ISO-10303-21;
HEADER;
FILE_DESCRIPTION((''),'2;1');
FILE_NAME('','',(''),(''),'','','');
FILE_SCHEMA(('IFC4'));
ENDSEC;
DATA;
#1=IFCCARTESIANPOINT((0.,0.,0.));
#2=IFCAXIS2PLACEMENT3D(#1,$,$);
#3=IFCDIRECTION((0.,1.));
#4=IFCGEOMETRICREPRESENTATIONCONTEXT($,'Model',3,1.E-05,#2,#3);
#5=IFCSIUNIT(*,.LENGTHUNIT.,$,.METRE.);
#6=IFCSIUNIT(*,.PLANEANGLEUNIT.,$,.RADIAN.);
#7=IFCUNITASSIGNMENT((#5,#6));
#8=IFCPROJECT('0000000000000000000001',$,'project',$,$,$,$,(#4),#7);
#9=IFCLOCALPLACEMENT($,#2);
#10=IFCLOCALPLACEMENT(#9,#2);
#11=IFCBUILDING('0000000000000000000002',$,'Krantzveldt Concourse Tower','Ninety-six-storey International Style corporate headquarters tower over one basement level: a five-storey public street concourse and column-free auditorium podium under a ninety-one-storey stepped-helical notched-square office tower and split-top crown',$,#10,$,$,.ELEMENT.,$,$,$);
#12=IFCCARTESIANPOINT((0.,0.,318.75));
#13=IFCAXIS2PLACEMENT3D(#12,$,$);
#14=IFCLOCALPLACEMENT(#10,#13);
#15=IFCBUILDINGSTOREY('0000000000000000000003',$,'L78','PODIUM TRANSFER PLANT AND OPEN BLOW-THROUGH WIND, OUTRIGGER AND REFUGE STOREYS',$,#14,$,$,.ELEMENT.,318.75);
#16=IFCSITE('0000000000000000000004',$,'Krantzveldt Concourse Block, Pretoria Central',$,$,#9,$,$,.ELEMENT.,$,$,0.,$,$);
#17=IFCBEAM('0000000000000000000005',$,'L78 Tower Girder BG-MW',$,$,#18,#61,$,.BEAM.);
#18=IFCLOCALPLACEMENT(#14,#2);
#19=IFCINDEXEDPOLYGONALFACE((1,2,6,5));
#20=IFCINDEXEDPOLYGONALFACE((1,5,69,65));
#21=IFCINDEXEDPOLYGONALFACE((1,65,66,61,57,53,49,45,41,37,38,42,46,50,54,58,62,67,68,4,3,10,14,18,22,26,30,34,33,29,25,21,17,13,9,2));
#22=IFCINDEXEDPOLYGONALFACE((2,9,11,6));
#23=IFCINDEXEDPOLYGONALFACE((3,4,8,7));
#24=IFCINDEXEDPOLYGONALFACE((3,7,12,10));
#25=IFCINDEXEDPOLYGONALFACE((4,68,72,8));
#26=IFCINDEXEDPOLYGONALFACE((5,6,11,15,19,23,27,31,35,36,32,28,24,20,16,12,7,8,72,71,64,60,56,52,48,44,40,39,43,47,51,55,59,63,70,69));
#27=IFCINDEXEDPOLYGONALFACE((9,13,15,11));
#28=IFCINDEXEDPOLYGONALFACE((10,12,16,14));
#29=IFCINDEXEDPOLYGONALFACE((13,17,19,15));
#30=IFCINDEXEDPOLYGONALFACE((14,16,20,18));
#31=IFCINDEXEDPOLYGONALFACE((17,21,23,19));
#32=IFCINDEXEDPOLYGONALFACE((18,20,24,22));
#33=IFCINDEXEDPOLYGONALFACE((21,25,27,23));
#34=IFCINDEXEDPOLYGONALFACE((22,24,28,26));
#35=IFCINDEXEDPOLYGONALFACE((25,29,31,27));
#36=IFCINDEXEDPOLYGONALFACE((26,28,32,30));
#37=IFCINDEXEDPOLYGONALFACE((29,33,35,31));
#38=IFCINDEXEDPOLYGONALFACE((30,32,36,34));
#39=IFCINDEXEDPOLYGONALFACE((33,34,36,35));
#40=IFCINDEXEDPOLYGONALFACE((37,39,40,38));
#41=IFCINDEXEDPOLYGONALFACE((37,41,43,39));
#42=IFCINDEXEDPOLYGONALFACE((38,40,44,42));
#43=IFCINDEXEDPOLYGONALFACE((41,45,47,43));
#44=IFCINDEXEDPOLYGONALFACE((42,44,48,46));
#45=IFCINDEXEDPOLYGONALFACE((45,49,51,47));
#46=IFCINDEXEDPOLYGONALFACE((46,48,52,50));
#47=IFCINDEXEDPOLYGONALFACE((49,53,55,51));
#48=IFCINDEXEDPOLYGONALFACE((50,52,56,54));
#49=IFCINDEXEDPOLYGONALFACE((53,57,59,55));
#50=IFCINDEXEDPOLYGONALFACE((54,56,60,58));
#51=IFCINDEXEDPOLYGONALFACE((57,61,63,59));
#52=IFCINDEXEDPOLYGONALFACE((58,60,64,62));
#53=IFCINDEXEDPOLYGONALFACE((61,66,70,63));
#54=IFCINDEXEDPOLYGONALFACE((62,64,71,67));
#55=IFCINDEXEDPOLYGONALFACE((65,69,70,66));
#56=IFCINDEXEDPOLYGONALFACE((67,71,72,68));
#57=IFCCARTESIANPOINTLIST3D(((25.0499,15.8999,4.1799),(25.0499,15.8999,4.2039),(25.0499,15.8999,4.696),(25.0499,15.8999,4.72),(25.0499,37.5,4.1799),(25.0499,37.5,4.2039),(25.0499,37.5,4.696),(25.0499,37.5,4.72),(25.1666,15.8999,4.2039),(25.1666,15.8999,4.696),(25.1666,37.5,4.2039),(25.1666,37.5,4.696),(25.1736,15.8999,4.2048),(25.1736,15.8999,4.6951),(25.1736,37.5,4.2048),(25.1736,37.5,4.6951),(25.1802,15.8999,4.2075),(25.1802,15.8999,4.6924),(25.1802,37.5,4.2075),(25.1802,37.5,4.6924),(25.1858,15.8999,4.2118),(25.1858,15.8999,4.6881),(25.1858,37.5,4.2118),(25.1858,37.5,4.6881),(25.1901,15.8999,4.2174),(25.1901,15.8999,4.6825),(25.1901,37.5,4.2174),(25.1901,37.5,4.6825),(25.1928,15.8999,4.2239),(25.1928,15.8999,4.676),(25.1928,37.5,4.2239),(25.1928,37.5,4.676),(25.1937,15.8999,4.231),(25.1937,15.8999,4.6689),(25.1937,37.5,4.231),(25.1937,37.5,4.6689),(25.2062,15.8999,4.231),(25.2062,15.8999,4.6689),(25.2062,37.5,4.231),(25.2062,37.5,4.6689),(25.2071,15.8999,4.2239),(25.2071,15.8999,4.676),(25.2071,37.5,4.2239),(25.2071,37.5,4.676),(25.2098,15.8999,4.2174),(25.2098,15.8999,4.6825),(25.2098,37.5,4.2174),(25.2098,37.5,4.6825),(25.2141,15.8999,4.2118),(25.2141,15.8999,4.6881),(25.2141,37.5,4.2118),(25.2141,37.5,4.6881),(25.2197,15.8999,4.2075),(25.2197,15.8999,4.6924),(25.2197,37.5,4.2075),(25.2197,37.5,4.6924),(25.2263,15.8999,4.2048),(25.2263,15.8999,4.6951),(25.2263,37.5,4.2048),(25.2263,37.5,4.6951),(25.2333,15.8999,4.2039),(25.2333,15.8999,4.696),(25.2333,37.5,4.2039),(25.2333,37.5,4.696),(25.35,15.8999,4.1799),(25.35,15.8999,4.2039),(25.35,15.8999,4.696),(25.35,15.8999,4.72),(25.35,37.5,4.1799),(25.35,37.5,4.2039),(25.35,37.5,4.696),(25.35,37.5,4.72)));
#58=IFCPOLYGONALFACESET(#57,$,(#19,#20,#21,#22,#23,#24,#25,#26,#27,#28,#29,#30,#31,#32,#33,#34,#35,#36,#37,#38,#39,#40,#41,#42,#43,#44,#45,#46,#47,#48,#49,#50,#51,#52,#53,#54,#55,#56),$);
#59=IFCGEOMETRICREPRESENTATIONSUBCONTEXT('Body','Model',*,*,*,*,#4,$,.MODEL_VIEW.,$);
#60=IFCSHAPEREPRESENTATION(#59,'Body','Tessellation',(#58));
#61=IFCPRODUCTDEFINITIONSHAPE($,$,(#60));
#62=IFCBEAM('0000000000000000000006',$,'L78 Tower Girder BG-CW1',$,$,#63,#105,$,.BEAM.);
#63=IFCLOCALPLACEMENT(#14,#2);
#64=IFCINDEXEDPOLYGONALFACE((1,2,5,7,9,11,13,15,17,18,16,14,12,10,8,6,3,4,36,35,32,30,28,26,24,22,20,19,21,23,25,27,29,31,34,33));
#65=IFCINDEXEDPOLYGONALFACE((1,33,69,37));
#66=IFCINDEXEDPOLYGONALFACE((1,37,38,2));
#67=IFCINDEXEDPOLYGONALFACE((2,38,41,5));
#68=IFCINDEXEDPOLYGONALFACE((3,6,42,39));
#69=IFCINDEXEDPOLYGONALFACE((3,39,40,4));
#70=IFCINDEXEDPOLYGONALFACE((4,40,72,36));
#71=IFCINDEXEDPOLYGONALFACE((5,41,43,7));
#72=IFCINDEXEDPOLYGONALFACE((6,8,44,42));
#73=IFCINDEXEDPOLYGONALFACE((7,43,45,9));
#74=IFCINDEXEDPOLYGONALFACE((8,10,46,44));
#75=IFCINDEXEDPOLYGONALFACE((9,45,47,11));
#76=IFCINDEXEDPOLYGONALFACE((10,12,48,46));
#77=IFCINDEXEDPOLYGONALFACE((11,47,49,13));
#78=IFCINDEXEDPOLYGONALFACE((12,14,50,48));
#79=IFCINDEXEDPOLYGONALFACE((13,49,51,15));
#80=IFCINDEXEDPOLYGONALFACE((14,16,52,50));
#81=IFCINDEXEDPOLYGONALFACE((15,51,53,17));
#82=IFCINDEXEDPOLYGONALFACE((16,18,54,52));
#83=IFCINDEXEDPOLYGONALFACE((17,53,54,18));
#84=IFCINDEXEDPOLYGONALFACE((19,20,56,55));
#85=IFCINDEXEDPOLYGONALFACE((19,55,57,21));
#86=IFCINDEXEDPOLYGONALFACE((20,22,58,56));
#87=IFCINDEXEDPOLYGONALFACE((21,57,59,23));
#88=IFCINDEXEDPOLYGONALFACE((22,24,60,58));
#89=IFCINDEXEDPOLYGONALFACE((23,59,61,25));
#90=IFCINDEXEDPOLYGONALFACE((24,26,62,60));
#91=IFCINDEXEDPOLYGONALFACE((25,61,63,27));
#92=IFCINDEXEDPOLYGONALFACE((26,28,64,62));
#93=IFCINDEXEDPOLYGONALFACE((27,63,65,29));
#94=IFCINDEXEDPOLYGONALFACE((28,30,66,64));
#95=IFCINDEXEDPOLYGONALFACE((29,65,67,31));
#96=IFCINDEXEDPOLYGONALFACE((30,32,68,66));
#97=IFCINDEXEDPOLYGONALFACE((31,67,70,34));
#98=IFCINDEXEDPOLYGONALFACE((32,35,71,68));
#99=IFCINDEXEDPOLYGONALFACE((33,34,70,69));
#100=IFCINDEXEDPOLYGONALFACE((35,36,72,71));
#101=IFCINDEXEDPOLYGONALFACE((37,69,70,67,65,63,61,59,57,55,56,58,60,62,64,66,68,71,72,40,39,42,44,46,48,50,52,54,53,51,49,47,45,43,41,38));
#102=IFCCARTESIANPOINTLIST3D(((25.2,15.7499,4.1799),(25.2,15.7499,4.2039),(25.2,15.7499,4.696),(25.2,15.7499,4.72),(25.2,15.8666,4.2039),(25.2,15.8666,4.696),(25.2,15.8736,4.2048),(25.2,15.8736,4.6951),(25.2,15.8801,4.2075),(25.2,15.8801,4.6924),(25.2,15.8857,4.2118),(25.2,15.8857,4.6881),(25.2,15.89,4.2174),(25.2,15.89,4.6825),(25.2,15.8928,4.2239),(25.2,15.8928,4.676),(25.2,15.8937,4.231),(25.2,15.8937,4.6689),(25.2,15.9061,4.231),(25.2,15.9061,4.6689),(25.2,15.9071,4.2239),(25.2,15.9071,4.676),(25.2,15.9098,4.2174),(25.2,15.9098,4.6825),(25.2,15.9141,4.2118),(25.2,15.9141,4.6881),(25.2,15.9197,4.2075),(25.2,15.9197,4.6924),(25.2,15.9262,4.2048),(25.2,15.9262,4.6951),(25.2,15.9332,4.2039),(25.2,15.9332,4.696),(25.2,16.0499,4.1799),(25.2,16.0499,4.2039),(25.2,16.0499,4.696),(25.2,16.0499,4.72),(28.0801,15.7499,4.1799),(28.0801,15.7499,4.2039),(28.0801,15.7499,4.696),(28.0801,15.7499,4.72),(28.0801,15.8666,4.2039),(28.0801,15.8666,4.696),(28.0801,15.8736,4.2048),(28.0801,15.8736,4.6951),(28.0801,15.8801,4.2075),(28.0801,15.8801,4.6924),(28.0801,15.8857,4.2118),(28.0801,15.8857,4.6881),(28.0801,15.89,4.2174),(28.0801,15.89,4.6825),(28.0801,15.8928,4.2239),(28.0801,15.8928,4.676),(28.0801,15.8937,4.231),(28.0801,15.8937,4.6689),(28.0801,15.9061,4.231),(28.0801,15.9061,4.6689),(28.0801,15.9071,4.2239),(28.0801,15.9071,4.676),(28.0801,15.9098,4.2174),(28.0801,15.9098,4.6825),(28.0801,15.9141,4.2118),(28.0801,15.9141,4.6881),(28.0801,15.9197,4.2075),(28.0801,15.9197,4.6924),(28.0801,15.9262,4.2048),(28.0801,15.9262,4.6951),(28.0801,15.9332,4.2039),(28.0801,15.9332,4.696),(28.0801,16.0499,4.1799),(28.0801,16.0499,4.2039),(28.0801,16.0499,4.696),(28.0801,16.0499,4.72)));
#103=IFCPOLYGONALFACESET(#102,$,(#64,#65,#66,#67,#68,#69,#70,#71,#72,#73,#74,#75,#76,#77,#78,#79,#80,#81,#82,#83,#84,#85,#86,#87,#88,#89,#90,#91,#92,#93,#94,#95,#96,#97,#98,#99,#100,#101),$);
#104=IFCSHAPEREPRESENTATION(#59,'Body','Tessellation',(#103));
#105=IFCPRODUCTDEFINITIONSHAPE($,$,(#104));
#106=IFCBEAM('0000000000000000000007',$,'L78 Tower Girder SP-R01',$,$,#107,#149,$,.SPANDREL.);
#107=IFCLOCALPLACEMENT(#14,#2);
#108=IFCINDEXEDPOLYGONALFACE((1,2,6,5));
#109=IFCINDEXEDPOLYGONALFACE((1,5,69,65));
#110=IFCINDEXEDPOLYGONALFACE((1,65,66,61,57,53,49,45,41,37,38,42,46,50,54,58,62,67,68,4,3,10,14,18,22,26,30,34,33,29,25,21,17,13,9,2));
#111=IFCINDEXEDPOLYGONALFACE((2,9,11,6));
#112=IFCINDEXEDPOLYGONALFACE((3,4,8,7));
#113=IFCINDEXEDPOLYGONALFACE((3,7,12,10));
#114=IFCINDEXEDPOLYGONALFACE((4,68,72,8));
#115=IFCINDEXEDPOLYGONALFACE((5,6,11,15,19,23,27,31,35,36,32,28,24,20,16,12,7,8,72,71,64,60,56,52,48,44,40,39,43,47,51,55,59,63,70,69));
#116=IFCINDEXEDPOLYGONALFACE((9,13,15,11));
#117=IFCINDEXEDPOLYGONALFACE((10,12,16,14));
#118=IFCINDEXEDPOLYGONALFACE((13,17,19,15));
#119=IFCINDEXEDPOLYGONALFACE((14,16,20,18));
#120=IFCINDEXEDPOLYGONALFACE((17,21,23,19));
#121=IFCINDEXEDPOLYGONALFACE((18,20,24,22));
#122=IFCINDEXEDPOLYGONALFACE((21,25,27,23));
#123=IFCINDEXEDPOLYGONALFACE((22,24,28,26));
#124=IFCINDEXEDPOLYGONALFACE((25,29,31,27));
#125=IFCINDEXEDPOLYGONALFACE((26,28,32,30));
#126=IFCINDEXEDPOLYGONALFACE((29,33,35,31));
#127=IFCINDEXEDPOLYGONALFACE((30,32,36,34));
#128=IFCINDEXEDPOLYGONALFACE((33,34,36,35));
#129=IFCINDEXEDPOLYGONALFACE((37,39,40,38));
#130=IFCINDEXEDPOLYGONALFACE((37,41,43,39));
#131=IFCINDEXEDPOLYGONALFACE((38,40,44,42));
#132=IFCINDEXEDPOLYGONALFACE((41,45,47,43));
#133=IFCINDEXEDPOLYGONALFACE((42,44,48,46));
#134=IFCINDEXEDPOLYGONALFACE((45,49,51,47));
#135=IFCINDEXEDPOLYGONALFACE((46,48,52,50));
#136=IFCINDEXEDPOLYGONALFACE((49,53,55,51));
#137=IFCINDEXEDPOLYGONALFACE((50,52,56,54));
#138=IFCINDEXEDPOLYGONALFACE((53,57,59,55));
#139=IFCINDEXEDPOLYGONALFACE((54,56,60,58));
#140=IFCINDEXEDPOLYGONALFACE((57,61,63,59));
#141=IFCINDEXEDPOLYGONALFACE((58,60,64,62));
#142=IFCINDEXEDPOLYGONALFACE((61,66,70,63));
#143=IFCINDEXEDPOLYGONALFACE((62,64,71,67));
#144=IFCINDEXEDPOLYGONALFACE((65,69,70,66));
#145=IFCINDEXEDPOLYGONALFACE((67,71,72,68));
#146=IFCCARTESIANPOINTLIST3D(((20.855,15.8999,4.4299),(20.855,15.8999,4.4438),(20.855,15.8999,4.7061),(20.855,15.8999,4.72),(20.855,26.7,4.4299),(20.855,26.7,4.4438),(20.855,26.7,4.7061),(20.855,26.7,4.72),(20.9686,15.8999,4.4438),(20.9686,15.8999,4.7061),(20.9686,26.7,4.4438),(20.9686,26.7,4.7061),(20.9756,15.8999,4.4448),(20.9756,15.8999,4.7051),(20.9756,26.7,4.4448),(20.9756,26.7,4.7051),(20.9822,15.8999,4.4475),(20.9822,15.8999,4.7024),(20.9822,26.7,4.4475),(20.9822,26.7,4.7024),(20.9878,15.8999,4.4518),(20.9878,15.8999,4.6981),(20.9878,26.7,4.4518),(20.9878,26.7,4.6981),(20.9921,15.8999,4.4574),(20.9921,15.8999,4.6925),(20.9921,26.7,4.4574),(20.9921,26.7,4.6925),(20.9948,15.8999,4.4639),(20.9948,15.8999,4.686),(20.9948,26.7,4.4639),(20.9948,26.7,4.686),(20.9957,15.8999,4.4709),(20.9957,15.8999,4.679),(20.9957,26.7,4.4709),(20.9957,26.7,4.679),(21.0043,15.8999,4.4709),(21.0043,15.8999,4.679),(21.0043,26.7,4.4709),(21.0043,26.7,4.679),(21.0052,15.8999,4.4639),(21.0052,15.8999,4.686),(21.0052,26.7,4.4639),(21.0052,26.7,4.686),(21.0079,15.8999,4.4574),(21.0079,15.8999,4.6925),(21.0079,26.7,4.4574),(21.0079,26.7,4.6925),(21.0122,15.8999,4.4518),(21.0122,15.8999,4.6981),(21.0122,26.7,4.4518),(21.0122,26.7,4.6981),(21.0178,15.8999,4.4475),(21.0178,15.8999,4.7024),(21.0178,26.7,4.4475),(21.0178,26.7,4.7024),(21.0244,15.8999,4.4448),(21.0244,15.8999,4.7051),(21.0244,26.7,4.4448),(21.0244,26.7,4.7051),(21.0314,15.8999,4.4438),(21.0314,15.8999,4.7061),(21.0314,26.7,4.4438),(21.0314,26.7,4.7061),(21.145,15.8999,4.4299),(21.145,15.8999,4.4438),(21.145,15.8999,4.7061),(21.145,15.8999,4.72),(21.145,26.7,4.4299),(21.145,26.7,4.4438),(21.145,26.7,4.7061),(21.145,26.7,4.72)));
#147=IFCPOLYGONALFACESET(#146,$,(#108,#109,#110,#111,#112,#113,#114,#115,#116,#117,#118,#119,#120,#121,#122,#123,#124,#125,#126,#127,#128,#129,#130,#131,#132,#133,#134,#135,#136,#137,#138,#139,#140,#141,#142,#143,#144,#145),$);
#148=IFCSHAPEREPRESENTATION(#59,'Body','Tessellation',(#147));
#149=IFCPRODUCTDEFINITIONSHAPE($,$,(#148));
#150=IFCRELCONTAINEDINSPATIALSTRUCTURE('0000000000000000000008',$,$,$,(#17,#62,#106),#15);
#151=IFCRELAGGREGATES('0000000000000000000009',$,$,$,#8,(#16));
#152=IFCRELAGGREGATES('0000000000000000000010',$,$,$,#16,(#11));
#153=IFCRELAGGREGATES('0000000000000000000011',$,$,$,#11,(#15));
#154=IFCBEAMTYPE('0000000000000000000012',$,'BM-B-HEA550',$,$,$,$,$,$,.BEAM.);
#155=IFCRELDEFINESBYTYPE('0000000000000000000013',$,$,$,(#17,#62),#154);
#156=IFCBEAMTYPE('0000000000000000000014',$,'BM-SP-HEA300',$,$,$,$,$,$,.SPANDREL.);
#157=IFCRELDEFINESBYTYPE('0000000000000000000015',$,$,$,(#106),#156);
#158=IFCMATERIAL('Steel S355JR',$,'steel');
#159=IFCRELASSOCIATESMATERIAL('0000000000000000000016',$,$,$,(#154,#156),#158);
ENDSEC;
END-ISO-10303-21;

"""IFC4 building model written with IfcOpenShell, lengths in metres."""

from ifc_helpers import new_model, si_unit, direction, frame, origin, origin_2d, place, context, subcontext, project, spatial, i_section, extrude, source, transform, mapped, material, material_profile, profile_set, type_object, type_shapes, element, save


model = new_model("IFC4")

# Units and contexts
model_context = context("Model", 3, precision=1e-05, world=origin(), true_north=direction((0.0, 1.0)))
body_context = subcontext(model_context, "Body", "Model", "MODEL_VIEW")
ifc_project = project(units=[si_unit("LENGTHUNIT", "METRE"), si_unit("PLANEANGLEUNIT", "RADIAN")], contexts=[model_context])

# Site, building, storey
site_placement = place(None, origin())
site = spatial("IfcSite", under=ifc_project, at=site_placement, Name="Krantzveldt Concourse Block, Pretoria Central", CompositionType="ELEMENT", RefElevation=0.0)
building_placement = place(site_placement, origin())
building = spatial("IfcBuilding", under=site, at=building_placement, Name="Krantzveldt Concourse Tower", Description="Ninety-six-storey International Style corporate headquarters tower over one basement level: a five-storey public street concourse and column-free auditorium podium under a ninety-one-storey stepped-helical notched-square office tower and split-top crown", CompositionType="ELEMENT")
storey_placement = place(building_placement, frame((0.0, 0.0, 318.75)))
storey = spatial("IfcBuildingStorey", under=building, at=storey_placement, Name="L78", Description="PODIUM TRANSFER PLANT AND OPEN BLOW-THROUGH WIND, OUTRIGGER AND REFUGE STOREYS", CompositionType="ELEMENT", Elevation=318.75)

# Beams
ifc_material_1 = material(Name="Steel S355JR", Category="steel")
ifc_material_profile_1 = material_profile(ifc_material_1, i_section(OverallWidth=0.3, OverallDepth=0.54, WebThickness=0.0125, FlangeThickness=0.0239, FilletRadius=0.0271, at=origin_2d()), Name="Steel S355JR", Category="steel")
ifc_profile_set_1 = profile_set([ifc_material_profile_1], Name="Steel S355JR - HEA 550")
beam_type_1 = type_object("IfcBeamType", Name="BM-B-HEA550", PredefinedType="BEAM", material=ifc_profile_set_1)
shared_shape_1 = source(origin(), body_context, "Body", "SweptSolid", [
    extrude(i_section(OverallWidth=0.3, OverallDepth=0.54, WebThickness=0.0125, FlangeThickness=0.0239, FilletRadius=0.0271, at=origin_2d()), origin(), (0.0, 0.0, 1.0), 21.6001),
])
beam_1_placement = place(storey_placement, frame((25.2, 15.8999, 4.45), z_axis=(0.0, 1.0, 0.0), x_axis=(-1.0, 0.0, 0.0)))
element("IfcBeam", 1, at=beam_1_placement, inside=storey, type_object=beam_type_1, Name="L78 Tower Girder BG-MW", PredefinedType="BEAM", context=body_context, shape_type="MappedRepresentation", body=[
    mapped(shared_shape_1, transform((0.0, 0.0, 0.0), x_axis=(1.0, 0.0, 0.0), y_axis=(0.0, 1.0, 0.0), z_axis=(0.0, 0.0, 1.0), scale=1.0)),
])
shared_shape_2 = source(origin(), body_context, "Body", "SweptSolid", [
    extrude(i_section(OverallWidth=0.3, OverallDepth=0.54, WebThickness=0.0125, FlangeThickness=0.0239, FilletRadius=0.0271, at=origin_2d()), origin(), (0.0, 0.0, 1.0), 2.8801),
])
type_shapes(beam_type_1, [shared_shape_1, shared_shape_2])
beam_2_placement = place(storey_placement, frame((25.2, 15.8999, 4.45), z_axis=(1.0, 0.0, 0.0), x_axis=(0.0, 1.0, 0.0)))
element("IfcBeam", 2, at=beam_2_placement, inside=storey, type_object=beam_type_1, Name="L78 Tower Girder BG-CW1", PredefinedType="BEAM", context=body_context, shape_type="MappedRepresentation", body=[
    mapped(shared_shape_2, transform((0.0, 0.0, 0.0), x_axis=(1.0, 0.0, 0.0), y_axis=(0.0, 1.0, 0.0), z_axis=(0.0, 0.0, 1.0), scale=1.0)),
])
ifc_material_profile_2 = material_profile(ifc_material_1, i_section(OverallWidth=0.29, OverallDepth=0.29, WebThickness=0.0085, FlangeThickness=0.0139, FilletRadius=0.0271, at=origin_2d()), Name="Steel S355JR", Category="steel")
ifc_profile_set_2 = profile_set([ifc_material_profile_2], Name="Steel S355JR - HEA 300")
beam_type_2 = type_object("IfcBeamType", Name="BM-SP-HEA300", PredefinedType="SPANDREL", material=ifc_profile_set_2)
shared_shape_3 = source(origin(), body_context, "Body", "SweptSolid", [
    extrude(i_section(OverallWidth=0.29, OverallDepth=0.29, WebThickness=0.0085, FlangeThickness=0.0139, FilletRadius=0.0271, at=origin_2d()), origin(), (0.0, 0.0, 1.0), 10.8),
])
type_shapes(beam_type_2, [shared_shape_3])
beam_3_placement = place(storey_placement, frame((21.0, 15.8999, 4.575), z_axis=(0.0, 1.0, 0.0), x_axis=(-1.0, 0.0, 0.0)))
element("IfcBeam", 3, at=beam_3_placement, inside=storey, type_object=beam_type_2, Name="L78 Tower Girder SP-R01", PredefinedType="SPANDREL", context=body_context, shape_type="MappedRepresentation", body=[
    mapped(shared_shape_3, transform((0.0, 0.0, 0.0), x_axis=(1.0, 0.0, 0.0), y_axis=(0.0, 1.0, 0.0), z_axis=(0.0, 0.0, 1.0), scale=1.0)),
])

save(model, "model.ifc")
